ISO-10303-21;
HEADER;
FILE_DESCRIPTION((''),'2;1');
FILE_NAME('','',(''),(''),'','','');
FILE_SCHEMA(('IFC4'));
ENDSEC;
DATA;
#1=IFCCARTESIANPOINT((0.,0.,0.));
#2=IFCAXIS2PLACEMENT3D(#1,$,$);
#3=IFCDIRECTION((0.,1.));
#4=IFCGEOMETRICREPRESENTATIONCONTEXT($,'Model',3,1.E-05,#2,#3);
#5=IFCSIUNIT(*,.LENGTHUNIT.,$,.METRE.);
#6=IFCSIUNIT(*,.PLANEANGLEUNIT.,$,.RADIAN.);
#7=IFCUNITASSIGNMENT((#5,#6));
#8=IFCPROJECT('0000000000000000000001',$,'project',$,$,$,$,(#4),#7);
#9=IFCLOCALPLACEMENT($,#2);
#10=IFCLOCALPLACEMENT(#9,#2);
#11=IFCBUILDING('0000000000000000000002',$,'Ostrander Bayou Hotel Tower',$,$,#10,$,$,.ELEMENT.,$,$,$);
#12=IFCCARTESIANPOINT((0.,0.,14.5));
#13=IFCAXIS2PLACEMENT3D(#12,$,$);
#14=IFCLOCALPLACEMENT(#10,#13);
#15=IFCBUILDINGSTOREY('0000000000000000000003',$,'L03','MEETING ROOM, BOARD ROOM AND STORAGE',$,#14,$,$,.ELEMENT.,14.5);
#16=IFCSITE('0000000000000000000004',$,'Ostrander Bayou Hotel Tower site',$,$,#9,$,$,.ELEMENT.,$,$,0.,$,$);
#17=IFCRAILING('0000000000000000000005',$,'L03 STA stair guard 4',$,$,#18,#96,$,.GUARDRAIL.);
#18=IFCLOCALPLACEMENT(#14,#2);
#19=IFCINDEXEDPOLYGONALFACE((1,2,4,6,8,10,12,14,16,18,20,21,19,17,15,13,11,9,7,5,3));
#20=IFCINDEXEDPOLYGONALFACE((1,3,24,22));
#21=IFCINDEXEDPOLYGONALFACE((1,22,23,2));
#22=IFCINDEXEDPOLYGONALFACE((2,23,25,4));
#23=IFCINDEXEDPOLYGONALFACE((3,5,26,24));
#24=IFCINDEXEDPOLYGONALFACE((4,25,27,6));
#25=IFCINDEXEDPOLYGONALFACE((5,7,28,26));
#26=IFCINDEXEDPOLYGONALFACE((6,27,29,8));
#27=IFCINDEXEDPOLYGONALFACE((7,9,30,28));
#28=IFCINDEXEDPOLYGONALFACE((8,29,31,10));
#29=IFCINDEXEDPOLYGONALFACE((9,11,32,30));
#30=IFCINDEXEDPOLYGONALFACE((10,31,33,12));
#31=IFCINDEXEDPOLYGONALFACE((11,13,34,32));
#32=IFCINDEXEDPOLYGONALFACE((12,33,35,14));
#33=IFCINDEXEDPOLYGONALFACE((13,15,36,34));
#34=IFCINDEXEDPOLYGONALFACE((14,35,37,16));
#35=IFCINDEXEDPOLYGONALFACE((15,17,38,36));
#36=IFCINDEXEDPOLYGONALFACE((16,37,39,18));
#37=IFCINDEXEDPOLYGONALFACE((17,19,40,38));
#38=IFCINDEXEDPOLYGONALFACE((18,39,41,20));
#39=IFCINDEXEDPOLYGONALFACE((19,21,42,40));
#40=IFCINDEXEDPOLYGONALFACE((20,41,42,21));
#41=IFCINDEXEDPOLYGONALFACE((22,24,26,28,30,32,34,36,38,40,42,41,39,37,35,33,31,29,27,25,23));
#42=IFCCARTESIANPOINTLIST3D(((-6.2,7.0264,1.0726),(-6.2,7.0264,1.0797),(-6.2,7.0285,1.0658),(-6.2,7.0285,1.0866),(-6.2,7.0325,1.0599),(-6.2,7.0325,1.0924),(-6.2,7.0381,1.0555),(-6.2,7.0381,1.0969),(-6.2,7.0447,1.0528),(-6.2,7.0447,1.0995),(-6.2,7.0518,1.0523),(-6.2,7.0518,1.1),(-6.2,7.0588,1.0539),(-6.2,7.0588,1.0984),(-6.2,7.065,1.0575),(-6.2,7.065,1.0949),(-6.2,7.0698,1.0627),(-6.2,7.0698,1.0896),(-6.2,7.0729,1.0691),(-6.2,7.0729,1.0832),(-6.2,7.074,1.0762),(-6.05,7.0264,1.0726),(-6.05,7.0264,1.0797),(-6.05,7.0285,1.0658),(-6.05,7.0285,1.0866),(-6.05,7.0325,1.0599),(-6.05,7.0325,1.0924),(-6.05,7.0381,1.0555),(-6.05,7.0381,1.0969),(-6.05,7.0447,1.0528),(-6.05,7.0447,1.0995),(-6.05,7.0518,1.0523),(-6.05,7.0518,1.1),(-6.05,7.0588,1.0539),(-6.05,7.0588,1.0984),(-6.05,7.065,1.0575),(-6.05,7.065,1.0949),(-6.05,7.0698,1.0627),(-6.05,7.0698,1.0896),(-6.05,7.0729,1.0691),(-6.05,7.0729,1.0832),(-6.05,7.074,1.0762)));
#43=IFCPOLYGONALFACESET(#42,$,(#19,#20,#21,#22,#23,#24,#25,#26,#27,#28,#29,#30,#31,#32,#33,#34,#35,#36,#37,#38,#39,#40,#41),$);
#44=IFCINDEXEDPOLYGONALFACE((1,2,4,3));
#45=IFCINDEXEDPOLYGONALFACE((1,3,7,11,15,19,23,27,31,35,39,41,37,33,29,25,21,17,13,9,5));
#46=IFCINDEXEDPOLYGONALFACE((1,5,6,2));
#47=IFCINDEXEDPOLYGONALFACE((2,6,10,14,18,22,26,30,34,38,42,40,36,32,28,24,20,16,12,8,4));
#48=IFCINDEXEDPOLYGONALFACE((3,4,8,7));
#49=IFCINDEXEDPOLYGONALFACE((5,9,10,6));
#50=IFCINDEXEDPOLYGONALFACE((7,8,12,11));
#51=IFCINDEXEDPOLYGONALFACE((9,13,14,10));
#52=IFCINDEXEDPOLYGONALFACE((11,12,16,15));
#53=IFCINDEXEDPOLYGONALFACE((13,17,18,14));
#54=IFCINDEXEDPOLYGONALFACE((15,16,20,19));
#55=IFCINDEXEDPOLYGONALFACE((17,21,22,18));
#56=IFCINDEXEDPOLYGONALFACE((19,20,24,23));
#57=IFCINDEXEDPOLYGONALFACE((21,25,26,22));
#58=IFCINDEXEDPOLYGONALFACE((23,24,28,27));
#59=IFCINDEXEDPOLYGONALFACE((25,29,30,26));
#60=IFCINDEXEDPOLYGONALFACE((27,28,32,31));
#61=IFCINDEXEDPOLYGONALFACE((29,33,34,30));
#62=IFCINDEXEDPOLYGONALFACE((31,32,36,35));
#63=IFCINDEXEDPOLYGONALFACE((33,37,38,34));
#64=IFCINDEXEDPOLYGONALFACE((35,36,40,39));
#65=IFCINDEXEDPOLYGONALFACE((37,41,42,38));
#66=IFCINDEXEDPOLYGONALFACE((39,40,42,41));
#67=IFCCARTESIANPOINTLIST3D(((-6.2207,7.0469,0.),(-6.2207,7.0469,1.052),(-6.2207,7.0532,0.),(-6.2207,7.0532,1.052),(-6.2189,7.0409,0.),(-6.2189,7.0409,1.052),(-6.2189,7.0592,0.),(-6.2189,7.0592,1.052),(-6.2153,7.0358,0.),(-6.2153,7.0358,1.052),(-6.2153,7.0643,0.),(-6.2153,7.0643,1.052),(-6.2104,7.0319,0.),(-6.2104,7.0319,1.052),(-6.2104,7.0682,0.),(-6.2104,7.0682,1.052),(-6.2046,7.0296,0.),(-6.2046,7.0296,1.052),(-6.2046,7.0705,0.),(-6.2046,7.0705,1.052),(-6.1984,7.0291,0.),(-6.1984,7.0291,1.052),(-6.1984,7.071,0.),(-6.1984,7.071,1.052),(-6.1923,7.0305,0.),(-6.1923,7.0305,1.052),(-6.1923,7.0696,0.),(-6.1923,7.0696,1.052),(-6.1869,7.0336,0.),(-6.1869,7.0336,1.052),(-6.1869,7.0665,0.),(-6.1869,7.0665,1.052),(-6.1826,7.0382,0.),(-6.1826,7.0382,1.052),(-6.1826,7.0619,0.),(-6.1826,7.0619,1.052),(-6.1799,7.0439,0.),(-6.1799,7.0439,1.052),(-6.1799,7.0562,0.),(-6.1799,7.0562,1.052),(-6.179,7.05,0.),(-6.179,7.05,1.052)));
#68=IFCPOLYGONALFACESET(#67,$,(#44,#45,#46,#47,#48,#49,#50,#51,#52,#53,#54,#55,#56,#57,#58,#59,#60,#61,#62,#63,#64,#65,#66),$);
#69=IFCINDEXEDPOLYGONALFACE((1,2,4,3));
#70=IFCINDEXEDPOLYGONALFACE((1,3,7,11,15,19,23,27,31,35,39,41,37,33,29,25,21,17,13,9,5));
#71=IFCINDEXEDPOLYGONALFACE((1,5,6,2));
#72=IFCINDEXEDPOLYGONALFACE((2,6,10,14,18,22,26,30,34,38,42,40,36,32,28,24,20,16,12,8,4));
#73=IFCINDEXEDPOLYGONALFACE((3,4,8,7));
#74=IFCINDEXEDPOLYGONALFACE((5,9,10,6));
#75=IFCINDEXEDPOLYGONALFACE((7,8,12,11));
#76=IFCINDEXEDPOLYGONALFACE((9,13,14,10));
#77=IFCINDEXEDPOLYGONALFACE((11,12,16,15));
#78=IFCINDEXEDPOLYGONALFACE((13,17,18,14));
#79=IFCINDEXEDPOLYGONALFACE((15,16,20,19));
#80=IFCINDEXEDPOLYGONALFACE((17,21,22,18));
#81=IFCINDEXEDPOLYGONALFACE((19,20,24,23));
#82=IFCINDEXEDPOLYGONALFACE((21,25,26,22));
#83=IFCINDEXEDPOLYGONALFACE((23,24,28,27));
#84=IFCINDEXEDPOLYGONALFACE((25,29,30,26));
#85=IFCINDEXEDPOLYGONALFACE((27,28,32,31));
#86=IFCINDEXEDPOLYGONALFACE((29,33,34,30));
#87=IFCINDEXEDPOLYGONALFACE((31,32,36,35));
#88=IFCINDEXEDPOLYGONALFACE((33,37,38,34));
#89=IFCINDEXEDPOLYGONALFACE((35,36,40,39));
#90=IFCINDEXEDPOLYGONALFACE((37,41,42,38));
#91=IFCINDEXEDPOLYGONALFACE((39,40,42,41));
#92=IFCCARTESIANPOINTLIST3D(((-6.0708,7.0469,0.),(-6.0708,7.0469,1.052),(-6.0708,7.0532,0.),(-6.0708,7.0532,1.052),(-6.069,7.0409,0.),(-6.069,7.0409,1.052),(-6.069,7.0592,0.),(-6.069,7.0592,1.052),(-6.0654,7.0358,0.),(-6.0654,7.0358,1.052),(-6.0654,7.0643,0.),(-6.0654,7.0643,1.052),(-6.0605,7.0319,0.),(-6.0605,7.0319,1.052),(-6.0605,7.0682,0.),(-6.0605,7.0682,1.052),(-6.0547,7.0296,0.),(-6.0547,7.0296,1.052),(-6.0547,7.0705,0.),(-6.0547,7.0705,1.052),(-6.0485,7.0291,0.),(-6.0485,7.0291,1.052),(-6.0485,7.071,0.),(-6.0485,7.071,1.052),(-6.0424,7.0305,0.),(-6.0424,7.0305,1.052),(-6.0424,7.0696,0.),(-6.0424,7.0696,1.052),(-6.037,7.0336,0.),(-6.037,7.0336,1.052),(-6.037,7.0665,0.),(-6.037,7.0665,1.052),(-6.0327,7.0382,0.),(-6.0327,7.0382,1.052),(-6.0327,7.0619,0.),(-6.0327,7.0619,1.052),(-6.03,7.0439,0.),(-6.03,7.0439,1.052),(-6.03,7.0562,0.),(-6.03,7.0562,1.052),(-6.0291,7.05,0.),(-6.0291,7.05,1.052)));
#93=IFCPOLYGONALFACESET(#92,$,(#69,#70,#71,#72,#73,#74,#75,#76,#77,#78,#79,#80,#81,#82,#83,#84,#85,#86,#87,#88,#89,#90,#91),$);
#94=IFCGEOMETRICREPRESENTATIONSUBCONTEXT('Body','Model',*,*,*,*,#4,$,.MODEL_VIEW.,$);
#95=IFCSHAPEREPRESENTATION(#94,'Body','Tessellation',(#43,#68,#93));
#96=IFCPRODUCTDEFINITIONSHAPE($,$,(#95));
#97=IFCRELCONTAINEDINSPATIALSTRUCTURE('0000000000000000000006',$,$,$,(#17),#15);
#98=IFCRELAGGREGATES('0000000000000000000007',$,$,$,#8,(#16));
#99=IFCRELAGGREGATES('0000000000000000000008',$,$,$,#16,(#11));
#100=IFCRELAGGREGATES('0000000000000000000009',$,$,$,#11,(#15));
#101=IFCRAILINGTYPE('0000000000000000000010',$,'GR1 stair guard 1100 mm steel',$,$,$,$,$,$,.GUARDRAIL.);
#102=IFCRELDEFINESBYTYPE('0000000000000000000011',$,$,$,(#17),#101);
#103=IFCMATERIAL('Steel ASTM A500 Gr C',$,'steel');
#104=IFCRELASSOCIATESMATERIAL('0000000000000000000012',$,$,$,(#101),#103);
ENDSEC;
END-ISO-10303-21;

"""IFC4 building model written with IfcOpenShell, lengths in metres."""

from ifc_helpers import new_model, si_unit, direction, frame, origin, origin_2d, place, context, subcontext, project, spatial, circle, extrude, material, type_object, element, save


model = new_model("IFC4")

# Units and contexts
model_context = context("Model", 3, precision=1e-05, world=origin(), true_north=direction((0.0, 1.0)))
body_context = subcontext(model_context, "Body", "Model", "MODEL_VIEW")
ifc_project = project(units=[si_unit("LENGTHUNIT", "METRE"), si_unit("PLANEANGLEUNIT", "RADIAN")], contexts=[model_context])

# Site, building, storey
site_placement = place(None, origin())
site = spatial("IfcSite", under=ifc_project, at=site_placement, Name="Ostrander Bayou Hotel Tower site", CompositionType="ELEMENT", RefElevation=0.0)
building_placement = place(site_placement, origin())
building = spatial("IfcBuilding", under=site, at=building_placement, Name="Ostrander Bayou Hotel Tower", CompositionType="ELEMENT")
storey_placement = place(building_placement, frame((0.0, 0.0, 14.5)))
storey = spatial("IfcBuildingStorey", under=building, at=storey_placement, Name="L03", Description="MEETING ROOM, BOARD ROOM AND STORAGE", CompositionType="ELEMENT", Elevation=14.5)

# Railing
ifc_material_1 = material(Name="Steel ASTM A500 Gr C", Category="steel")
railing_type_1 = type_object("IfcRailingType", Name="GR1 stair guard 1100 mm steel", PredefinedType="GUARDRAIL", material=ifc_material_1)
railing_1_placement = place(storey_placement, frame((-6.2, 7.05, 0.0)))
element("IfcRailing", 1, at=railing_1_placement, inside=storey, type_object=railing_type_1, Name="L03 STA stair guard 4", PredefinedType="GUARDRAIL", context=body_context, shape_type="SweptSolid", body=[
    extrude(circle(Radius=0.0239, at=origin_2d()), frame((0.0, 0.0, 1.0762), z_axis=(1.0, 0.0, 0.0), x_axis=(0.0, 1.0, 0.0)), (0.0, 0.0, 1.0), 0.1499),
    extrude(circle(Radius=0.021, at=origin_2d()), origin(), (0.0, 0.0, 1.0), 1.052),
    extrude(circle(Radius=0.021, at=origin_2d()), frame((0.1499, 0.0, 0.0)), (0.0, 0.0, 1.0), 1.052),
])

save(model, "model.ifc")
